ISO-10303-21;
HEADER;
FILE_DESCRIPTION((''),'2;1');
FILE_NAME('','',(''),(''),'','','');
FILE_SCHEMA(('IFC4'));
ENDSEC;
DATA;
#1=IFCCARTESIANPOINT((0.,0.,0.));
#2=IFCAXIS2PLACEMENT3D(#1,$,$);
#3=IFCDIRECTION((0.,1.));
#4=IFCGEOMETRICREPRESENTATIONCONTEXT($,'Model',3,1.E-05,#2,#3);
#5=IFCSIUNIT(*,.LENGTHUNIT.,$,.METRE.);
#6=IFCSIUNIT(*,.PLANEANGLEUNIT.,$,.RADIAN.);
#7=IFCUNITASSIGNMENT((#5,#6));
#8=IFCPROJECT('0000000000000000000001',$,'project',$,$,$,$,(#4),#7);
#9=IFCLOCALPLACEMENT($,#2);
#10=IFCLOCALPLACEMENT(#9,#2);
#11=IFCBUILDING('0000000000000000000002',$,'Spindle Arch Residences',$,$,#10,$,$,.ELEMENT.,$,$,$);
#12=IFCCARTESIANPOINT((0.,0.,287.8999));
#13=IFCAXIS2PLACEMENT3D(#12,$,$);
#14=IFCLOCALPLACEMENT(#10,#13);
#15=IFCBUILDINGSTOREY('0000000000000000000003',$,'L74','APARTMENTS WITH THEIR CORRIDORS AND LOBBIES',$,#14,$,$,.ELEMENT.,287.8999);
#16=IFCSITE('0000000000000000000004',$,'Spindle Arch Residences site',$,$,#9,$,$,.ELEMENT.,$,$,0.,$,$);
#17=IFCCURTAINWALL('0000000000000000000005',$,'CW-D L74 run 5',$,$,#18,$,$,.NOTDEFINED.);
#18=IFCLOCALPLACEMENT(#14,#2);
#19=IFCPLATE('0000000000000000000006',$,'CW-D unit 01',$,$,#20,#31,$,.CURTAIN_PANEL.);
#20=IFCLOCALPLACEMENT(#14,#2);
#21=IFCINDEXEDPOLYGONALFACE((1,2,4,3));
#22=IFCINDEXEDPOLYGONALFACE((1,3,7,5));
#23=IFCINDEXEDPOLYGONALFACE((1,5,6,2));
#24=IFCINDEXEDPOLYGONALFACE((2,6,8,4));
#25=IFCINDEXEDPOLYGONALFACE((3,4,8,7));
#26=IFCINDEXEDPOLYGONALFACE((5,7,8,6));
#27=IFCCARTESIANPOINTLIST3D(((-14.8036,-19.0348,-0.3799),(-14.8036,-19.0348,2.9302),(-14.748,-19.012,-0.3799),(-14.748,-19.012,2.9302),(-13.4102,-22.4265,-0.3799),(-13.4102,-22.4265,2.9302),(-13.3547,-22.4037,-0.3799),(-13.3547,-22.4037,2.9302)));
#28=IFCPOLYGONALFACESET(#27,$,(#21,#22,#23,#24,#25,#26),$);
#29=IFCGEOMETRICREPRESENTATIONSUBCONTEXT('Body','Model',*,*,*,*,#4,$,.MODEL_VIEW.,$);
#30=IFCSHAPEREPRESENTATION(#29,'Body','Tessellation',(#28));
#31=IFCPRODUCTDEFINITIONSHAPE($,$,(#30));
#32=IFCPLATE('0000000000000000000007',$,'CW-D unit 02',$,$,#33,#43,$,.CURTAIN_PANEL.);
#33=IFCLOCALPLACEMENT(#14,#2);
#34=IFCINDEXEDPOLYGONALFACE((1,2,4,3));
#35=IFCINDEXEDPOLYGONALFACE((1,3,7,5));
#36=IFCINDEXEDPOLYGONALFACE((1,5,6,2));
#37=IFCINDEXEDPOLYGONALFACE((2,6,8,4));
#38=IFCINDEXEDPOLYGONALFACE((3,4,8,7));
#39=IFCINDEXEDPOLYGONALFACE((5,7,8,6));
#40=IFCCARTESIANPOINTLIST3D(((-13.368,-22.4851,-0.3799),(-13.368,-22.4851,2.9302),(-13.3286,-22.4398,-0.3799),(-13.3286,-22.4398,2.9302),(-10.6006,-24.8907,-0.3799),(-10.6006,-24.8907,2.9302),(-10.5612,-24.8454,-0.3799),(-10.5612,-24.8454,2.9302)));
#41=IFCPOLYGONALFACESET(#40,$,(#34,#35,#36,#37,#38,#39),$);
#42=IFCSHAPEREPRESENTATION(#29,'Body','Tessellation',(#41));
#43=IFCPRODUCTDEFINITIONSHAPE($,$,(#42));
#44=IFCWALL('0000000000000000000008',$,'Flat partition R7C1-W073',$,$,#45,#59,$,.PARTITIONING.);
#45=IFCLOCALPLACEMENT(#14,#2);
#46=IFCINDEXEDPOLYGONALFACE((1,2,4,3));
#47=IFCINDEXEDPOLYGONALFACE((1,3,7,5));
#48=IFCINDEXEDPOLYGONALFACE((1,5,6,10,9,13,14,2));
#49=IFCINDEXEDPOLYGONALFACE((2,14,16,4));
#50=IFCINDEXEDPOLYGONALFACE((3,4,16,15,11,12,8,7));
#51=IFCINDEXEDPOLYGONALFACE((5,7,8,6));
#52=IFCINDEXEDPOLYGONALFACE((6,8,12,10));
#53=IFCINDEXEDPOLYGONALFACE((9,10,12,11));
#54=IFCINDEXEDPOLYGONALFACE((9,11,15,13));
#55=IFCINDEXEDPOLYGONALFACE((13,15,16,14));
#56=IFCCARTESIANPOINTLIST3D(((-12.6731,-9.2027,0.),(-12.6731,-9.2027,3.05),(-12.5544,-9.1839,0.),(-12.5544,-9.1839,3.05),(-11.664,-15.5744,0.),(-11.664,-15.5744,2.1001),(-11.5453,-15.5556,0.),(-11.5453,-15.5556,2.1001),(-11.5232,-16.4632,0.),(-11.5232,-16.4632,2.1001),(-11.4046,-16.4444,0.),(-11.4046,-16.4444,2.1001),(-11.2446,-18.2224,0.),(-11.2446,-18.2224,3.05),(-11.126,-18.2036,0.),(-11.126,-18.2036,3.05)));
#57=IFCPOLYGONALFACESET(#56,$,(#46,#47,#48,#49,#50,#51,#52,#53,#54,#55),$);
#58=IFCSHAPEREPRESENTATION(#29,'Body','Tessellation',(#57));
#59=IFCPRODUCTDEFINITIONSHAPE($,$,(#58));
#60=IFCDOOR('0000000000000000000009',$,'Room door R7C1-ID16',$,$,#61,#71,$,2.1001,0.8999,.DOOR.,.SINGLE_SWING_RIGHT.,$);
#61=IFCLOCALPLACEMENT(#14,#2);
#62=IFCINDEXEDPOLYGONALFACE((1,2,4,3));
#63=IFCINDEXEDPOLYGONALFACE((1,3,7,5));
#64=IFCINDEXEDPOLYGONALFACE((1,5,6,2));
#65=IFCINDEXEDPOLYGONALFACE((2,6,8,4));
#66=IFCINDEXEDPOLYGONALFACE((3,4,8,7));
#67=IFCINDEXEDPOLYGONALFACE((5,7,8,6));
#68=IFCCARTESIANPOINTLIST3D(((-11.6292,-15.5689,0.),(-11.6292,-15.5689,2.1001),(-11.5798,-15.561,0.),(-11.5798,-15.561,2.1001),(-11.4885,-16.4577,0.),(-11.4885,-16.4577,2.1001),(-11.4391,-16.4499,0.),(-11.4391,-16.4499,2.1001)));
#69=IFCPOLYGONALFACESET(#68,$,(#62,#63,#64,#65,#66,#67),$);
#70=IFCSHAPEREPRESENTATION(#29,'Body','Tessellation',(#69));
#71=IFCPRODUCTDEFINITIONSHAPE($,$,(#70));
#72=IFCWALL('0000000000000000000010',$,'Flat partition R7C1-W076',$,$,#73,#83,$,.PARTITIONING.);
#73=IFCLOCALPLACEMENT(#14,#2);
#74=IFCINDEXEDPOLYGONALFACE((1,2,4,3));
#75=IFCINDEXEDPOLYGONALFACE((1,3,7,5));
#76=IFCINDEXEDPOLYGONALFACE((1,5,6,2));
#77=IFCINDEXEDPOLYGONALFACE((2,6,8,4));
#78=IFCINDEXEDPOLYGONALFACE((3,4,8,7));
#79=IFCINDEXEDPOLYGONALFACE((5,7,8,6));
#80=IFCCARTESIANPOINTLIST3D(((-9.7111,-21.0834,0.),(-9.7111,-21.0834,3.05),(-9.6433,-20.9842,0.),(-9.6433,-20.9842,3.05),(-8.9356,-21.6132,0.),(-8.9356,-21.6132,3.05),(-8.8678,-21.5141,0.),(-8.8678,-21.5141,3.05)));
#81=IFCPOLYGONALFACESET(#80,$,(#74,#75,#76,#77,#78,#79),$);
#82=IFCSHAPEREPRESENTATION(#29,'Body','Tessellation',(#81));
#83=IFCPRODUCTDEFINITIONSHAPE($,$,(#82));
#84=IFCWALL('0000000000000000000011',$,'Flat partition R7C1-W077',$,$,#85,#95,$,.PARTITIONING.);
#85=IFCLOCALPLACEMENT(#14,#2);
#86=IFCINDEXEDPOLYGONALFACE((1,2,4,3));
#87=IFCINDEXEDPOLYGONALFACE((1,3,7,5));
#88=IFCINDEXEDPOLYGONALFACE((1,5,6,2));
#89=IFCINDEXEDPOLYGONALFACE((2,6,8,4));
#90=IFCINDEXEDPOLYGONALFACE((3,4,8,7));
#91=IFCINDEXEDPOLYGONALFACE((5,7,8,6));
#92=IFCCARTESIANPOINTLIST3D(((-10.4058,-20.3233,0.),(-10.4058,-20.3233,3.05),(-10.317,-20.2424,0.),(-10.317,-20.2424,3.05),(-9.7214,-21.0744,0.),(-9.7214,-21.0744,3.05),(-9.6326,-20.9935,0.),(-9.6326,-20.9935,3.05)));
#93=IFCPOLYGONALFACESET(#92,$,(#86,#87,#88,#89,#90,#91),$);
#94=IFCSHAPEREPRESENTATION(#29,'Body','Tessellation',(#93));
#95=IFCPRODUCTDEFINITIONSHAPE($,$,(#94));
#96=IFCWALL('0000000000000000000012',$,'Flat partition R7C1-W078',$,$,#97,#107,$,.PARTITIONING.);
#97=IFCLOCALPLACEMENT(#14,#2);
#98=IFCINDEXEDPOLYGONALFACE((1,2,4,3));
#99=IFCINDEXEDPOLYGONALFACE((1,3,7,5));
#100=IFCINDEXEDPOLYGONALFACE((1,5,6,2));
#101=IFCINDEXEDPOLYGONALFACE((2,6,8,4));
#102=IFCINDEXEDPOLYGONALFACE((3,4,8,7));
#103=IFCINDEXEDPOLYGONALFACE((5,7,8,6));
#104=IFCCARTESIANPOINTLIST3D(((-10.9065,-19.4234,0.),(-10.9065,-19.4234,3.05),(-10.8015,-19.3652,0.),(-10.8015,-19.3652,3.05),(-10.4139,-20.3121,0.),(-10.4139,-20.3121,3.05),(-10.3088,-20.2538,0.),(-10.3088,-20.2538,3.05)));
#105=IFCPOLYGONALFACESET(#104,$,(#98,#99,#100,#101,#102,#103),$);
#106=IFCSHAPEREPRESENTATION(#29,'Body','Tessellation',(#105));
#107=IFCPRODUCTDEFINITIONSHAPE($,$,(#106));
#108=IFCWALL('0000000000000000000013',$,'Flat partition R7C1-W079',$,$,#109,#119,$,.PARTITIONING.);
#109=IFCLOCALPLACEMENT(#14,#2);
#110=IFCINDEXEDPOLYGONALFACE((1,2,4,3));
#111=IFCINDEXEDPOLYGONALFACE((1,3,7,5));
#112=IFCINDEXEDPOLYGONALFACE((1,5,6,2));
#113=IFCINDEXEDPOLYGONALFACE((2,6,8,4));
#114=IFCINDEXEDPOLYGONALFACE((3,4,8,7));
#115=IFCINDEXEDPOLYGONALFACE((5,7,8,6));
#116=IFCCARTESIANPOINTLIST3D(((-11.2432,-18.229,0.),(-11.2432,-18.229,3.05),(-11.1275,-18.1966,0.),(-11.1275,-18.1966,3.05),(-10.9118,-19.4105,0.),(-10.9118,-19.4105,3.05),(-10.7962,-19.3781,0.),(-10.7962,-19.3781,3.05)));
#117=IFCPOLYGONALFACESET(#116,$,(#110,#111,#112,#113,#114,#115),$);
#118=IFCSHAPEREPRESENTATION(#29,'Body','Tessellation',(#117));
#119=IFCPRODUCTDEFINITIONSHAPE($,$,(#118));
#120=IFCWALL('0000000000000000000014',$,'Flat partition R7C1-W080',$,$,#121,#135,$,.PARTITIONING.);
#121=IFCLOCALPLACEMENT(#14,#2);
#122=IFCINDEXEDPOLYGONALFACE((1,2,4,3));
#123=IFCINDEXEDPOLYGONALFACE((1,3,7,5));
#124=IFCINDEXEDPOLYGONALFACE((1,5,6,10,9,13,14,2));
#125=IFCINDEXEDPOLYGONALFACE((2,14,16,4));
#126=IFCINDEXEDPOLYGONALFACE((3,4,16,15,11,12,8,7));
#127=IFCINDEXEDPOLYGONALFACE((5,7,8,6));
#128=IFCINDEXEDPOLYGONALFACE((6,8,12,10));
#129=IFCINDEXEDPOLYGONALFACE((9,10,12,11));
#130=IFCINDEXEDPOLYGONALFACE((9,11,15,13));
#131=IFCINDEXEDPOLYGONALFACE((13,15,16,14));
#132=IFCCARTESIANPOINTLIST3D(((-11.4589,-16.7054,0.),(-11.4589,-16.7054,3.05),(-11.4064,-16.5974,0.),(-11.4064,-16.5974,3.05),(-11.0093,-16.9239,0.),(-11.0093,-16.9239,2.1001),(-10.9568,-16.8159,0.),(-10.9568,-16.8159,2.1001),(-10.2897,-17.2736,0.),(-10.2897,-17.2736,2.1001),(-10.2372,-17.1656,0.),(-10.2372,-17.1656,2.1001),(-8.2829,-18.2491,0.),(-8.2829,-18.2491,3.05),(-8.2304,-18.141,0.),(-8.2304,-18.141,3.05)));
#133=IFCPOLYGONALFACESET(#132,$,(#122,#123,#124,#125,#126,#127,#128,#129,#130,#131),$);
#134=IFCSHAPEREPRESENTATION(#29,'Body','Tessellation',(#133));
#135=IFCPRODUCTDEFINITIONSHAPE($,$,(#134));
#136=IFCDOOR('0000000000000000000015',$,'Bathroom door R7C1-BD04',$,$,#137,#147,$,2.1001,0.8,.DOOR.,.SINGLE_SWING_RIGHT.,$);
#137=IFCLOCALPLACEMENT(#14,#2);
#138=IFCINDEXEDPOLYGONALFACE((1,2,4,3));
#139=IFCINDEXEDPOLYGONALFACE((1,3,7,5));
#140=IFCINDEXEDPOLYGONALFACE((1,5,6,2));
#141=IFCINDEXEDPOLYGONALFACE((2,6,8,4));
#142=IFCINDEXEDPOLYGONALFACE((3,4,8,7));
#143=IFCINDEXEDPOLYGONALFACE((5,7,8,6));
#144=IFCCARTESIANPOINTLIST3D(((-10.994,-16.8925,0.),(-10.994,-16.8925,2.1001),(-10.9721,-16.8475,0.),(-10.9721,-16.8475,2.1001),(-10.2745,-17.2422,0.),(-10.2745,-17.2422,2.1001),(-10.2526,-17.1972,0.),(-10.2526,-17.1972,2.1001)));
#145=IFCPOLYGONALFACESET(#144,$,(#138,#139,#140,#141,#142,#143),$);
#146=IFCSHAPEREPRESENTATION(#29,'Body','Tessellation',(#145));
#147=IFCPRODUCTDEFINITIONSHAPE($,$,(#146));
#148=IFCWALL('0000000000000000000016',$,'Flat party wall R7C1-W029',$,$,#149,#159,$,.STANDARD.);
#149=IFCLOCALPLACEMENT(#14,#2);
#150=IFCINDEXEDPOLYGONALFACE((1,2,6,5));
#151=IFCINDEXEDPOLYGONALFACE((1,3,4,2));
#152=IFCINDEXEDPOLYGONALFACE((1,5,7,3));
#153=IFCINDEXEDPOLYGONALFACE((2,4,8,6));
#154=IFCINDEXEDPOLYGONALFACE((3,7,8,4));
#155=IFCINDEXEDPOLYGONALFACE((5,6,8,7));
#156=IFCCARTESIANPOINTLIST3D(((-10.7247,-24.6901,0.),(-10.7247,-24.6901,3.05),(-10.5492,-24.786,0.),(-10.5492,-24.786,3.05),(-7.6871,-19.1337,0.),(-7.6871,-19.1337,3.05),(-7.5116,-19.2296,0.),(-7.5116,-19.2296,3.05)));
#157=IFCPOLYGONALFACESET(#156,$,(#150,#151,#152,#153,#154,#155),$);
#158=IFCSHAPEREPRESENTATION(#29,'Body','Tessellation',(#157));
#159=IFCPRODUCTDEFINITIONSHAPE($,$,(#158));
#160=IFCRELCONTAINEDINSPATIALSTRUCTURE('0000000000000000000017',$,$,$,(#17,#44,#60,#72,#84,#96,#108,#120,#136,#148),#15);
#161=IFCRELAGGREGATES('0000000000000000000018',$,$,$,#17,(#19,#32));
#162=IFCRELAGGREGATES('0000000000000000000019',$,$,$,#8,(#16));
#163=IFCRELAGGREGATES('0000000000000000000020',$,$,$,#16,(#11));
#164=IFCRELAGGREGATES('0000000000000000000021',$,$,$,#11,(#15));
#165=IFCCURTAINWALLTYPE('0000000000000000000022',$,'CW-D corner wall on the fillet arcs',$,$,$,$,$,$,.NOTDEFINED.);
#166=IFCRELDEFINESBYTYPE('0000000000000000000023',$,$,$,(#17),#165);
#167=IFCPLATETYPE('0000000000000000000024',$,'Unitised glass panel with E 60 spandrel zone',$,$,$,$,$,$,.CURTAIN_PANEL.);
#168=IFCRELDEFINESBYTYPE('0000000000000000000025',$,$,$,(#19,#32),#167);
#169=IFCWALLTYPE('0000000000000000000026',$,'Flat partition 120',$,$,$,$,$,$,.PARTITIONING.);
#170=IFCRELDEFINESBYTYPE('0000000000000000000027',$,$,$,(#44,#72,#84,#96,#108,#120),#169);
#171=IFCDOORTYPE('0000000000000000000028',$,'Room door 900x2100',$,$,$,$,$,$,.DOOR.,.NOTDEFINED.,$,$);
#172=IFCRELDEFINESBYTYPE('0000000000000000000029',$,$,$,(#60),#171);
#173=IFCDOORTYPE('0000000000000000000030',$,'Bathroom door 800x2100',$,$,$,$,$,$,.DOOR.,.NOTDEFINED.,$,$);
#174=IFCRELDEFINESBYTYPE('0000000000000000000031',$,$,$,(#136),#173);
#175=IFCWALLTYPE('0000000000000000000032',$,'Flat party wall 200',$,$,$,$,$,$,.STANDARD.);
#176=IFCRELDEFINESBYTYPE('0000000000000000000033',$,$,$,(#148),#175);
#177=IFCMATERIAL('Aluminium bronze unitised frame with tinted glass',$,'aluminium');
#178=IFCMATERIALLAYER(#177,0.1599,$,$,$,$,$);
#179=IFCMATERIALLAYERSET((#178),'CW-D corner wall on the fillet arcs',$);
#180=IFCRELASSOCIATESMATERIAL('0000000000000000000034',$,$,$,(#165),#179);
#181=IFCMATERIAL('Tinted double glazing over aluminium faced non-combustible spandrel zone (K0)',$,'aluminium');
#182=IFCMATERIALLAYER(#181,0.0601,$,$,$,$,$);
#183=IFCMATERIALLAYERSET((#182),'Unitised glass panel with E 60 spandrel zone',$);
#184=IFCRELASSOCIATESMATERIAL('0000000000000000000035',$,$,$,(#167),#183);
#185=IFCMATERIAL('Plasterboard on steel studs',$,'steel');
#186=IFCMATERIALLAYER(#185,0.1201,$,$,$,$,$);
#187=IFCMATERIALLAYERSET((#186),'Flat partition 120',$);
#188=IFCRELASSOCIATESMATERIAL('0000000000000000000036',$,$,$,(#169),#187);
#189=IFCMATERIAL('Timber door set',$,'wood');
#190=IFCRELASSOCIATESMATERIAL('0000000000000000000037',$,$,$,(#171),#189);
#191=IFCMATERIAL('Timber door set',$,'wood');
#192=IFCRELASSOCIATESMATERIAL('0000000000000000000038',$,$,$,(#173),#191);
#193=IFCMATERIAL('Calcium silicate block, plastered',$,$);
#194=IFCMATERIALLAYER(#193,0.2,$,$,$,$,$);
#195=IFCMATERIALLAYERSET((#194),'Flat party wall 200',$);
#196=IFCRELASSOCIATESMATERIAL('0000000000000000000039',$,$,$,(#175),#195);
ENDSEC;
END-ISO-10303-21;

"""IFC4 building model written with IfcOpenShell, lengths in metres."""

from ifc_helpers import new_model, si_unit, direction, frame, frame_2d, origin, origin_2d, place, context, subcontext, project, spatial, rectangle, extrude, material, layer, layer_set, type_object, element, fill, aggregate, save


model = new_model("IFC4")

# Units and contexts
model_context = context("Model", 3, precision=1e-05, world=origin(), true_north=direction((0.0, 1.0)))
body_context = subcontext(model_context, "Body", "Model", "MODEL_VIEW")
ifc_project = project(units=[si_unit("LENGTHUNIT", "METRE"), si_unit("PLANEANGLEUNIT", "RADIAN")], contexts=[model_context])

# Site, building, storey
site_placement = place(None, origin())
site = spatial("IfcSite", under=ifc_project, at=site_placement, Name="Spindle Arch Residences site", CompositionType="ELEMENT", RefElevation=0.0)
building_placement = place(site_placement, origin())
building = spatial("IfcBuilding", under=site, at=building_placement, Name="Spindle Arch Residences", CompositionType="ELEMENT")
storey_placement = place(building_placement, frame((0.0, 0.0, 287.8999)))
storey = spatial("IfcBuildingStorey", under=building, at=storey_placement, Name="L74", Description="APARTMENTS WITH THEIR CORRIDORS AND LOBBIES", CompositionType="ELEMENT", Elevation=287.8999)

# Curtain wall
ifc_material_1 = material(Name="Aluminium bronze unitised frame with tinted glass", Category="aluminium")
ifc_layer_1 = layer(ifc_material_1, 0.1599)
ifc_layer_set_1 = layer_set([ifc_layer_1], Name="CW-D corner wall on the fillet arcs")
curtain_wall_type = type_object("IfcCurtainWallType", Name="CW-D corner wall on the fillet arcs", PredefinedType="NOTDEFINED", material=ifc_layer_set_1)
curtain_wall_placement = place(storey_placement, origin())
curtain_wall = element("IfcCurtainWall", 1, at=curtain_wall_placement, inside=storey, type_object=curtain_wall_type, Name="CW-D L74 run 5", PredefinedType="NOTDEFINED")

# Plates
ifc_material_2 = material(Name="Tinted double glazing over aluminium faced non-combustible spandrel zone (K0)", Category="aluminium")
ifc_layer_2 = layer(ifc_material_2, 0.0601)
ifc_layer_set_2 = layer_set([ifc_layer_2], Name="Unitised glass panel with E 60 spandrel zone")
plate_type = type_object("IfcPlateType", Name="Unitised glass panel with E 60 spandrel zone", PredefinedType="CURTAIN_PANEL", material=ifc_layer_set_2)
plate_1_placement = place(storey_placement, frame((-14.0791, -20.7192, -0.3799), z_axis=(0.0, 0.0, 1.0), x_axis=(0.379994, -0.924989, 0.0)))
plate_1 = element("IfcPlate", 2, at=plate_1_placement, type_object=plate_type, Name="CW-D unit 01", PredefinedType="CURTAIN_PANEL", context=body_context, shape_type="SweptSolid", body=[
    extrude(rectangle(XDim=3.6667, YDim=0.0601, at=origin_2d()), origin(), (0.0, 0.0, 1.0), 3.3101),
])
plate_2_placement = place(storey_placement, frame((-11.9646, -23.6653, -0.3799), z_axis=(0.0, 0.0, 1.0), x_axis=(0.75471, -0.656059, 0.0)))
plate_2 = element("IfcPlate", 3, at=plate_2_placement, type_object=plate_type, Name="CW-D unit 02", PredefinedType="CURTAIN_PANEL", context=body_context, shape_type="SweptSolid", body=[
    extrude(rectangle(XDim=3.6667, YDim=0.0601, at=origin_2d()), origin(), (0.0, 0.0, 1.0), 3.3101),
])
aggregate(curtain_wall, [plate_1, plate_2])

# Wall, opening, door
ifc_material_3 = material(Name="Plasterboard on steel studs", Category="steel")
ifc_layer_3 = layer(ifc_material_3, 0.1201)
ifc_layer_set_3 = layer_set([ifc_layer_3], Name="Flat partition 120")
wall_type_1 = type_object("IfcWallType", Name="Flat partition 120", PredefinedType="PARTITIONING", material=ifc_layer_set_3)
wall_1_placement = place(storey_placement, frame((-11.1853, -18.2129, 0.0), z_axis=(0.0, 0.0, 1.0), x_axis=(-0.156421, 0.98769, 0.0)))
wall_1 = element("IfcWall", 4, at=wall_1_placement, inside=storey, type_object=wall_type_1, Name="Flat partition R7C1-W073", PredefinedType="PARTITIONING", context=body_context, shape_type="SweptSolid", body=[
    extrude(rectangle(XDim=9.1321, YDim=0.1201, at=frame_2d((4.5659, 0.0))), origin(), (0.0, 0.0, 1.0), 3.05),
])
opening_1_placement = place(wall_1_placement, frame((1.781, 0.0, 0.0)))
opening_1 = element("IfcOpeningElement", 5, at=opening_1_placement, cuts=wall_1, PredefinedType="OPENING", context=body_context, shape_type="SweptSolid", body=[
    extrude(rectangle(XDim=0.8999, YDim=2.1001, at=frame_2d((0.45, 1.05))), frame((0.0, 0.0701, 0.0), z_axis=(0.0, -1.0, 0.0), x_axis=(1.0, 0.0, 0.0)), (0.0, 0.0, 1.0), 0.1401),
])
ifc_material_4 = material(Name="Timber door set", Category="wood")
door_type_1 = type_object("IfcDoorType", Name="Room door 900x2100", OperationType="NOTDEFINED", PredefinedType="DOOR", material=ifc_material_4)
door_1_placement = place(opening_1_placement, origin())
door_1 = element("IfcDoor", 6, at=door_1_placement, inside=storey, type_object=door_type_1, Name="Room door R7C1-ID16", OperationType="SINGLE_SWING_RIGHT", OverallHeight=2.1001, OverallWidth=0.8999, PredefinedType="DOOR", context=body_context, shape_type="SweptSolid", body=[
    extrude(rectangle(XDim=0.8999, YDim=2.1001, at=frame_2d((0.45, 1.05))), frame((0.0, 0.0249, 0.0), z_axis=(0.0, -1.0, 0.0), x_axis=(1.0, 0.0, 0.0)), (0.0, 0.0, 1.0), 0.05),
])
fill(opening_1, door_1)

# Walls
wall_2_placement = place(storey_placement, frame((-8.9016, -21.5637, 0.0), z_axis=(0.0, 0.0, 1.0), x_axis=(-0.825677, 0.564143, 0.0)))
element("IfcWall", 7, at=wall_2_placement, inside=storey, type_object=wall_type_1, Name="Flat partition R7C1-W076", PredefinedType="PARTITIONING", context=body_context, shape_type="SweptSolid", body=[
    extrude(rectangle(XDim=0.9392, YDim=0.1201, at=frame_2d((0.4697, 0.0))), origin(), (0.0, 0.0, 1.0), 3.05),
])
for number, where, z_axis, x_axis, name in (
    (8, (-9.677, -21.0339, 0.0), (0.0, 0.0, 1.0), (-0.673545, 0.739146, 0.0), "Flat partition R7C1-W077"),
    (9, (-10.3613, -20.283, 0.0), (0.0, 0.0, 1.0), (-0.484868, 0.874588, 0.0), "Flat partition R7C1-W078"),
):
    element("IfcWall", number, at=place(storey_placement, frame(where, z_axis=z_axis, x_axis=x_axis)), inside=storey, type_object=wall_type_1, Name=name, PredefinedType="PARTITIONING", context=body_context, shape_type="SweptSolid", body=[
        extrude(rectangle(XDim=1.0161, YDim=0.1201, at=frame_2d((0.5081, 0.0))), origin(), (0.0, 0.0, 1.0), 3.05),
    ])
wall_3_placement = place(storey_placement, frame((-10.854, -19.3943, 0.0), z_axis=(0.0, 0.0, 1.0), x_axis=(-0.270014, 0.962856, 0.0)))
element("IfcWall", 10, at=wall_3_placement, inside=storey, type_object=wall_type_1, Name="Flat partition R7C1-W079", PredefinedType="PARTITIONING", context=body_context, shape_type="SweptSolid", body=[
    extrude(rectangle(XDim=1.2271, YDim=0.1201, at=frame_2d((0.6135, 0.0))), origin(), (0.0, 0.0, 1.0), 3.05),
])

# Wall, opening, door
wall_4_placement = place(storey_placement, frame((-11.4326, -16.6514, 0.0), z_axis=(0.0, 0.0, 1.0), x_axis=(0.89939, -0.437147, 0.0)))
wall_4 = element("IfcWall", 11, at=wall_4_placement, inside=storey, type_object=wall_type_1, Name="Flat partition R7C1-W080", PredefinedType="PARTITIONING", context=body_context, shape_type="SweptSolid", body=[
    extrude(rectangle(XDim=3.5312, YDim=0.1201, at=frame_2d((1.7656, 0.0))), origin(), (0.0, 0.0, 1.0), 3.05),
])
opening_2_placement = place(wall_4_placement, frame((0.5, 0.0, 0.0)))
opening_2 = element("IfcOpeningElement", 12, at=opening_2_placement, cuts=wall_4, PredefinedType="OPENING", context=body_context, shape_type="SweptSolid", body=[
    extrude(rectangle(XDim=0.8, YDim=2.1001, at=frame_2d((0.3999, 1.05))), frame((0.0, 0.0701, 0.0), z_axis=(0.0, -1.0, 0.0), x_axis=(1.0, 0.0, 0.0)), (0.0, 0.0, 1.0), 0.1401),
])
ifc_material_5 = material(Name="Timber door set", Category="wood")
door_type_2 = type_object("IfcDoorType", Name="Bathroom door 800x2100", OperationType="NOTDEFINED", PredefinedType="DOOR", material=ifc_material_5)
door_2_placement = place(opening_2_placement, origin())
door_2 = element("IfcDoor", 13, at=door_2_placement, inside=storey, type_object=door_type_2, Name="Bathroom door R7C1-BD04", OperationType="SINGLE_SWING_RIGHT", OverallHeight=2.1001, OverallWidth=0.8, PredefinedType="DOOR", context=body_context, shape_type="SweptSolid", body=[
    extrude(rectangle(XDim=0.8, YDim=2.1001, at=frame_2d((0.3999, 1.05))), frame((0.0, 0.0249, 0.0), z_axis=(0.0, -1.0, 0.0), x_axis=(1.0, 0.0, 0.0)), (0.0, 0.0, 1.0), 0.05),
])
fill(opening_2, door_2)

# Wall
ifc_material_6 = material(Name="Calcium silicate block, plastered")
ifc_layer_4 = layer(ifc_material_6, 0.2)
ifc_layer_set_4 = layer_set([ifc_layer_4], Name="Flat party wall 200")
wall_type_2 = type_object("IfcWallType", Name="Flat party wall 200", PredefinedType="STANDARD", material=ifc_layer_set_4)
wall_5_placement = place(storey_placement, frame((-10.637, -24.738, 0.0), z_axis=(0.0, 0.0, 1.0), x_axis=(0.479684, 0.877441, 0.0)))
element("IfcWall", 14, at=wall_5_placement, inside=storey, type_object=wall_type_2, Name="Flat party wall R7C1-W029", PredefinedType="STANDARD", context=body_context, shape_type="SweptSolid", body=[
    extrude(rectangle(XDim=6.3325, YDim=0.2, at=frame_2d((3.1663, 0.0))), origin(), (0.0, 0.0, 1.0), 3.05),
])

save(model, "model.ifc")
